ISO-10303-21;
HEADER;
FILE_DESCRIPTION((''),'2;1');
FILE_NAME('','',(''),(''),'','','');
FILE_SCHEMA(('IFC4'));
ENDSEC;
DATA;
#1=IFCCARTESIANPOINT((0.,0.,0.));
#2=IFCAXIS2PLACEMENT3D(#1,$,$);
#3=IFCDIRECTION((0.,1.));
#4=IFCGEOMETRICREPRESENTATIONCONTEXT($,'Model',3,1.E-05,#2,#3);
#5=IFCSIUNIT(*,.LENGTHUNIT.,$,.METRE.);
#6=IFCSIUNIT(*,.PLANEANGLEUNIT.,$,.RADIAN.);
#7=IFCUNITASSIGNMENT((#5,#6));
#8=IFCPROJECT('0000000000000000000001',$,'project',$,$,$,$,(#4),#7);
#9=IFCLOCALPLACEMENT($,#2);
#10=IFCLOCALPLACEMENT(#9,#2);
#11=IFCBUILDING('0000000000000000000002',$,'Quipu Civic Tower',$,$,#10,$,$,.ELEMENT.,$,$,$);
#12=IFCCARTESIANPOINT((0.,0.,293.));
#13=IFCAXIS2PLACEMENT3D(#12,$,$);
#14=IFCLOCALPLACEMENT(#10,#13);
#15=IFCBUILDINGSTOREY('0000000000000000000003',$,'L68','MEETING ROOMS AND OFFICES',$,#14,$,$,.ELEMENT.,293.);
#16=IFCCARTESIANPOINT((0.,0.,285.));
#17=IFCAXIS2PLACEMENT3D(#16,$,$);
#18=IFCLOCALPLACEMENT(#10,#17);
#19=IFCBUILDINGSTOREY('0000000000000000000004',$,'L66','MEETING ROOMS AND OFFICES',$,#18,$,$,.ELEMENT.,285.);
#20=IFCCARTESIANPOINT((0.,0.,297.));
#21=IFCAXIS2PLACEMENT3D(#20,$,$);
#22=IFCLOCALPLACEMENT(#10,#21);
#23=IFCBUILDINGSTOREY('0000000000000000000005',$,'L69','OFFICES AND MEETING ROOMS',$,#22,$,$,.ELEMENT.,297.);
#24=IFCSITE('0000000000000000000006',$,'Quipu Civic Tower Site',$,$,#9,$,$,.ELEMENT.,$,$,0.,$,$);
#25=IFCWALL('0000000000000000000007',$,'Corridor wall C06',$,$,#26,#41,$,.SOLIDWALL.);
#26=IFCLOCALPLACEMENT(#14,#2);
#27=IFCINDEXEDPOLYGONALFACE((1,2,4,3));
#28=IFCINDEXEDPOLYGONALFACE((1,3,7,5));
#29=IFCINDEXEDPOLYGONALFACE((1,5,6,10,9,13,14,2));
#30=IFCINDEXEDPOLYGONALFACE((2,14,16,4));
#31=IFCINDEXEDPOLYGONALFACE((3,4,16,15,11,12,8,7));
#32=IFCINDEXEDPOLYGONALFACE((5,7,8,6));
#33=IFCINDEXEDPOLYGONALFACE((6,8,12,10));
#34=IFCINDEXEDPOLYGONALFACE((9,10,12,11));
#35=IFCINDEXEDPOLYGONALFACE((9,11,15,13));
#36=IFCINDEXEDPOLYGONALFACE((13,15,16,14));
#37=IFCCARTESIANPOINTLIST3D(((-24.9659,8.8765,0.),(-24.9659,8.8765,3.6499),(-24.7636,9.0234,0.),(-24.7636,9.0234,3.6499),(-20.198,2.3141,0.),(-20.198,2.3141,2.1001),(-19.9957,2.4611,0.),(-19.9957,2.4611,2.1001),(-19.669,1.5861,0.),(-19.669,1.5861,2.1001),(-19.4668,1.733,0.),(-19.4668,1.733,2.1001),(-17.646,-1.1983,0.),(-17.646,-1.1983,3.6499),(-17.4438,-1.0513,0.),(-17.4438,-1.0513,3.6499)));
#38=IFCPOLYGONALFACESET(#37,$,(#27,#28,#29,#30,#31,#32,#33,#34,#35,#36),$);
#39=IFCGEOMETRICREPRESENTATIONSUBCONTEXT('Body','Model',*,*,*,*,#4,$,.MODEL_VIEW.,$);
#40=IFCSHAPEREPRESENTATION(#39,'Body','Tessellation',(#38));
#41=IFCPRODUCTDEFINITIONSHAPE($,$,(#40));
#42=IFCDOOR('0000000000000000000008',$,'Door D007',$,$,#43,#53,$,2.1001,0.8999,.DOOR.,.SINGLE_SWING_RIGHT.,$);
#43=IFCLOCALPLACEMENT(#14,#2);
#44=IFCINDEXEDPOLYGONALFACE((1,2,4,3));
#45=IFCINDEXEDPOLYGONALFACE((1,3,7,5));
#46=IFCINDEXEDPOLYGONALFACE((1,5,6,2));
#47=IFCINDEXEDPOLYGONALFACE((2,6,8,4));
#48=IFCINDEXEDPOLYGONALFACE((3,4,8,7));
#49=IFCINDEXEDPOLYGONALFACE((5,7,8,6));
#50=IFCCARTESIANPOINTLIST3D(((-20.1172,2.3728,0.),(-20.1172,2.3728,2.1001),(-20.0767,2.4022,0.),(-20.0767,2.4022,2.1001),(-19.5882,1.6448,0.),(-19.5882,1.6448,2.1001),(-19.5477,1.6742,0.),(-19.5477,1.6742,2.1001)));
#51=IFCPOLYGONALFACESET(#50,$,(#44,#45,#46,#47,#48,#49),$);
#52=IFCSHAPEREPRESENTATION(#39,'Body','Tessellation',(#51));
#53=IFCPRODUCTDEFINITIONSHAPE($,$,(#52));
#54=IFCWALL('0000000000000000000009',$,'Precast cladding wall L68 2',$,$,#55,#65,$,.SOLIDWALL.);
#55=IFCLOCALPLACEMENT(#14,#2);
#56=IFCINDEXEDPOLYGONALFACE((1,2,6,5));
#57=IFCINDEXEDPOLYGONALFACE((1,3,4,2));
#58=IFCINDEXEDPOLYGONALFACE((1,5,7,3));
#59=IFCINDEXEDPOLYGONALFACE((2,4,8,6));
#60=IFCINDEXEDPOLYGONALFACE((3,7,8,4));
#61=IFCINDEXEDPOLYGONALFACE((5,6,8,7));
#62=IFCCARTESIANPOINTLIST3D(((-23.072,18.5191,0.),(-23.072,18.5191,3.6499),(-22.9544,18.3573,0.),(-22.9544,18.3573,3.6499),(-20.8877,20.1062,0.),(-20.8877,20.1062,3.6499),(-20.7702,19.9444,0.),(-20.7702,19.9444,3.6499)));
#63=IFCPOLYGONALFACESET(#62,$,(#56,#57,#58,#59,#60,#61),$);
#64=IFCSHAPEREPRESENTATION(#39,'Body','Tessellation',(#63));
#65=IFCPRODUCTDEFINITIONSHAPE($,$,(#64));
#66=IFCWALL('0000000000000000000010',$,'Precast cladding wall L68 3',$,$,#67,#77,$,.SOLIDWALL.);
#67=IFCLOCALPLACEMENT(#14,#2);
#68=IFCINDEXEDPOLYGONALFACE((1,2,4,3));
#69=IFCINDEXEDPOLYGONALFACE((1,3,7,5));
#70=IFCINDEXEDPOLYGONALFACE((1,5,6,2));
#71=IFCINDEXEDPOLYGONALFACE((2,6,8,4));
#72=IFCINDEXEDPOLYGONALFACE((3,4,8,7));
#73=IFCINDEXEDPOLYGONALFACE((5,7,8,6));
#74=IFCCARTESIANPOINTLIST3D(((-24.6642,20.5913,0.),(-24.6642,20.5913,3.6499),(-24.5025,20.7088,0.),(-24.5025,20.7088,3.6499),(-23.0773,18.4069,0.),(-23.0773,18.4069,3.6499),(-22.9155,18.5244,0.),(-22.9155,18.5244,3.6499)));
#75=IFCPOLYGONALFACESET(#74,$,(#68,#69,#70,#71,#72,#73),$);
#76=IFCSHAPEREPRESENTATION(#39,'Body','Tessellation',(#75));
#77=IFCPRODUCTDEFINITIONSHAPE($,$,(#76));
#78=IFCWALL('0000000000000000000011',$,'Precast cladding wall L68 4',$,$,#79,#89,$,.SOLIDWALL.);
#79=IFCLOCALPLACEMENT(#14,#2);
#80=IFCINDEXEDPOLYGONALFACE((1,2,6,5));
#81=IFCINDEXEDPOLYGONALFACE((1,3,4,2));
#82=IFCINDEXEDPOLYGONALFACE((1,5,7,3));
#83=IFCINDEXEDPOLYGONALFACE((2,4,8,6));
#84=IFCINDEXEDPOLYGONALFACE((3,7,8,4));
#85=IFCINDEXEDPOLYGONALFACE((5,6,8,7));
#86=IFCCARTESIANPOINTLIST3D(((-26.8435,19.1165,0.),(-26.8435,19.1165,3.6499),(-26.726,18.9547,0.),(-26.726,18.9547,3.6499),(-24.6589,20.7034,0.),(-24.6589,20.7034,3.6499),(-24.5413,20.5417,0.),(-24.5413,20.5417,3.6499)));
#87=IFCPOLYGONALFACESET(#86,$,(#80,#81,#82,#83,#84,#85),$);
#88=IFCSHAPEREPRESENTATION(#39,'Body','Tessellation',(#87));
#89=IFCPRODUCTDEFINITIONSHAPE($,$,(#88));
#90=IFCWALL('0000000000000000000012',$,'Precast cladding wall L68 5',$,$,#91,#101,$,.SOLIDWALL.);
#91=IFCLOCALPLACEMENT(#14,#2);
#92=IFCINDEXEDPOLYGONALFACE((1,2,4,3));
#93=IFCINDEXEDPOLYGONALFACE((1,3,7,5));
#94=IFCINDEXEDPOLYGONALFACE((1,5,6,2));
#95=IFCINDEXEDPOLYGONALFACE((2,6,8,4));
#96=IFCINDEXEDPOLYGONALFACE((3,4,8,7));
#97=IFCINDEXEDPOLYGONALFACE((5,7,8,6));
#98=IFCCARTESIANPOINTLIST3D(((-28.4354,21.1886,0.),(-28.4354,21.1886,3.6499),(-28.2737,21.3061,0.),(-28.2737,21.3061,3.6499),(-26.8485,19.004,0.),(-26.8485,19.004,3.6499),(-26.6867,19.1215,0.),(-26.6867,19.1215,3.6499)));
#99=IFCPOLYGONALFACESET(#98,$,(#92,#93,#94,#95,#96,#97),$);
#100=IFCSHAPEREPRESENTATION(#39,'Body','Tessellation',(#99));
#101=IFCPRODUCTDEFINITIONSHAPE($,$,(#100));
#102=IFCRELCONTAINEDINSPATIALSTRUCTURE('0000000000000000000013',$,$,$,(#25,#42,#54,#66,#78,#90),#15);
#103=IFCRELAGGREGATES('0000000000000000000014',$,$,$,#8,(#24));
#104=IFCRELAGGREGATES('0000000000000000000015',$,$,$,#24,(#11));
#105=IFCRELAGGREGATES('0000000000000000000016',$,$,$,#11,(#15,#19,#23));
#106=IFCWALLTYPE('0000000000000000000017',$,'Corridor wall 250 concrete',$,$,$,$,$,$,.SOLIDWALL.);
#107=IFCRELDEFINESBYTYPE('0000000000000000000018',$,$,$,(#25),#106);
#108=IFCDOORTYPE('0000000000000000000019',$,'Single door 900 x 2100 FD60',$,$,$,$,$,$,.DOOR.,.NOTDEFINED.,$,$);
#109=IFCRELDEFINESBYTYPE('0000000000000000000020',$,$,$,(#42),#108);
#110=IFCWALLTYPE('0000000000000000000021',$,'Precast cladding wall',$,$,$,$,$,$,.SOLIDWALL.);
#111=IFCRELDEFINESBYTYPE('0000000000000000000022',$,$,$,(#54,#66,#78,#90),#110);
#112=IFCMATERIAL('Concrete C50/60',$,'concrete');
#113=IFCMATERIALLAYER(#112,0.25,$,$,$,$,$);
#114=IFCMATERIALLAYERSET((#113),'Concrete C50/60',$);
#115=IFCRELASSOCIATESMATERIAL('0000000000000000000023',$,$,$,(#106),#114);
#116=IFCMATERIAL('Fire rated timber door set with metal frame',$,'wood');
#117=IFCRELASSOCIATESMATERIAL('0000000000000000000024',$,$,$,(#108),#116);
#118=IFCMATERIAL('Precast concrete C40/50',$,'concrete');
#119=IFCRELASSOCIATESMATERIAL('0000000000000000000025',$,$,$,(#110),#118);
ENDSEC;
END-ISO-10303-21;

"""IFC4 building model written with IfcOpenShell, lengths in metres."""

from ifc_helpers import new_model, si_unit, direction, frame, frame_2d, origin, place, context, subcontext, project, spatial, rectangle, extrude, material, layer, layer_set, type_object, element, fill, save


model = new_model("IFC4")

# Units and contexts
model_context = context("Model", 3, precision=1e-05, world=origin(), true_north=direction((0.0, 1.0)))
body_context = subcontext(model_context, "Body", "Model", "MODEL_VIEW")
ifc_project = project(units=[si_unit("LENGTHUNIT", "METRE"), si_unit("PLANEANGLEUNIT", "RADIAN")], contexts=[model_context])

# Site, building, storey
site_placement = place(None, origin())
site = spatial("IfcSite", under=ifc_project, at=site_placement, Name="Quipu Civic Tower Site", CompositionType="ELEMENT", RefElevation=0.0)
building_placement = place(site_placement, origin())
building = spatial("IfcBuilding", under=site, at=building_placement, Name="Quipu Civic Tower", CompositionType="ELEMENT")
storey_1_placement = place(building_placement, frame((0.0, 0.0, 293.0)))
storey_1 = spatial("IfcBuildingStorey", under=building, at=storey_1_placement, Name="L68", Description="MEETING ROOMS AND OFFICES", CompositionType="ELEMENT", Elevation=293.0)

# Shared definitions
storey_2_placement = place(building_placement, frame((0.0, 0.0, 285.0)))
storey_2 = spatial("IfcBuildingStorey", under=building, at=storey_2_placement, Name="L66", Description="MEETING ROOMS AND OFFICES", CompositionType="ELEMENT", Elevation=285.0)

# Shared definitions
storey_3_placement = place(building_placement, frame((0.0, 0.0, 297.0)))
storey_3 = spatial("IfcBuildingStorey", under=building, at=storey_3_placement, Name="L69", Description="OFFICES AND MEETING ROOMS", CompositionType="ELEMENT", Elevation=297.0)

# Wall, opening, door
ifc_material_1 = material(Name="Concrete C50/60", Category="concrete")
ifc_layer = layer(ifc_material_1, 0.25)
ifc_layer_set = layer_set([ifc_layer], Name="Concrete C50/60")
wall_type_1 = type_object("IfcWallType", Name="Corridor wall 250 concrete", PredefinedType="SOLIDWALL", material=ifc_layer_set)
wall_placement = place(storey_1_placement, frame((-24.8647, 8.95, 0.0), z_axis=(0.0, 0.0, 1.0), x_axis=(0.587792, -0.809012, 0.0)))
wall = element("IfcWall", 1, at=wall_placement, inside=storey_1, type_object=wall_type_1, Name="Corridor wall C06", PredefinedType="SOLIDWALL", context=body_context, shape_type="SweptSolid", body=[
    extrude(rectangle(XDim=12.4531, YDim=0.25, at=frame_2d((6.2266, 0.0))), origin(), (0.0, 0.0, 1.0), 3.6499),
])
opening_placement = place(wall_placement, frame((8.1116, 0.0, 0.0)))
opening = element("IfcOpeningElement", 2, at=opening_placement, cuts=wall, PredefinedType="OPENING", context=body_context, shape_type="SweptSolid", body=[
    extrude(rectangle(XDim=0.8999, YDim=2.1001, at=frame_2d((0.45, 1.05))), frame((0.0, 0.135, 0.0), z_axis=(0.0, -1.0, 0.0), x_axis=(1.0, 0.0, 0.0)), (0.0, 0.0, 1.0), 0.27),
])
ifc_material_2 = material(Name="Fire rated timber door set with metal frame", Category="wood")
door_type = type_object("IfcDoorType", Name="Single door 900 x 2100 FD60", OperationType="NOTDEFINED", PredefinedType="DOOR", material=ifc_material_2)
door_placement = place(opening_placement, origin())
door = element("IfcDoor", 3, at=door_placement, inside=storey_1, type_object=door_type, Name="Door D007", OperationType="SINGLE_SWING_RIGHT", OverallHeight=2.1001, OverallWidth=0.8999, PredefinedType="DOOR", context=body_context, shape_type="SweptSolid", body=[
    extrude(rectangle(XDim=0.8999, YDim=2.1001, at=frame_2d((0.45, 1.05))), frame((0.0, 0.0249, 0.0), z_axis=(0.0, -1.0, 0.0), x_axis=(1.0, 0.0, 0.0)), (0.0, 0.0, 1.0), 0.05),
])
fill(opening, door)

# Walls
ifc_material_3 = material(Name="Precast concrete C40/50", Category="concrete")
wall_type_2 = type_object("IfcWallType", Name="Precast cladding wall", PredefinedType="SOLIDWALL", material=ifc_material_3)
for number, where, z_axis, x_axis, name in (
    (4, (-20.8289, 20.0254, 0.0), (0.0, 0.0, 1.0), (-0.80899, -0.587822, 0.0), "Precast cladding wall L68 2"),
    (5, (-22.9963, 18.4656, 0.0), (0.0, 0.0, 1.0), (-0.587763, 0.809033, 0.0), "Precast cladding wall L68 3"),
):
    element("IfcWall", number, at=place(storey_1_placement, frame(where, z_axis=z_axis, x_axis=x_axis)), inside=storey_1, type_object=wall_type_2, Name=name, PredefinedType="SOLIDWALL", context=body_context, shape_type="SweptSolid", body=[
        extrude(rectangle(XDim=2.7, YDim=0.2, at=frame_2d((1.3501, 0.0))), origin(), (0.0, 0.0, 1.0), 3.6499),
    ])
for number, where, z_axis, x_axis, name in (
    (6, (-24.6001, 20.6226, 0.0), (0.0, 0.0, 1.0), (-0.809064, -0.58772, 0.0), "Precast cladding wall L68 4"),
    (7, (-26.7676, 19.0627, 0.0), (0.0, 0.0, 1.0), (-0.58772, 0.809064, 0.0), "Precast cladding wall L68 5"),
):
    element("IfcWall", number, at=place(storey_1_placement, frame(where, z_axis=z_axis, x_axis=x_axis)), inside=storey_1, type_object=wall_type_2, Name=name, PredefinedType="SOLIDWALL", context=body_context, shape_type="SweptSolid", body=[
        extrude(rectangle(XDim=2.7002, YDim=0.2, at=frame_2d((1.3501, 0.0))), origin(), (0.0, 0.0, 1.0), 3.6499),
    ])

save(model, "model.ifc")
